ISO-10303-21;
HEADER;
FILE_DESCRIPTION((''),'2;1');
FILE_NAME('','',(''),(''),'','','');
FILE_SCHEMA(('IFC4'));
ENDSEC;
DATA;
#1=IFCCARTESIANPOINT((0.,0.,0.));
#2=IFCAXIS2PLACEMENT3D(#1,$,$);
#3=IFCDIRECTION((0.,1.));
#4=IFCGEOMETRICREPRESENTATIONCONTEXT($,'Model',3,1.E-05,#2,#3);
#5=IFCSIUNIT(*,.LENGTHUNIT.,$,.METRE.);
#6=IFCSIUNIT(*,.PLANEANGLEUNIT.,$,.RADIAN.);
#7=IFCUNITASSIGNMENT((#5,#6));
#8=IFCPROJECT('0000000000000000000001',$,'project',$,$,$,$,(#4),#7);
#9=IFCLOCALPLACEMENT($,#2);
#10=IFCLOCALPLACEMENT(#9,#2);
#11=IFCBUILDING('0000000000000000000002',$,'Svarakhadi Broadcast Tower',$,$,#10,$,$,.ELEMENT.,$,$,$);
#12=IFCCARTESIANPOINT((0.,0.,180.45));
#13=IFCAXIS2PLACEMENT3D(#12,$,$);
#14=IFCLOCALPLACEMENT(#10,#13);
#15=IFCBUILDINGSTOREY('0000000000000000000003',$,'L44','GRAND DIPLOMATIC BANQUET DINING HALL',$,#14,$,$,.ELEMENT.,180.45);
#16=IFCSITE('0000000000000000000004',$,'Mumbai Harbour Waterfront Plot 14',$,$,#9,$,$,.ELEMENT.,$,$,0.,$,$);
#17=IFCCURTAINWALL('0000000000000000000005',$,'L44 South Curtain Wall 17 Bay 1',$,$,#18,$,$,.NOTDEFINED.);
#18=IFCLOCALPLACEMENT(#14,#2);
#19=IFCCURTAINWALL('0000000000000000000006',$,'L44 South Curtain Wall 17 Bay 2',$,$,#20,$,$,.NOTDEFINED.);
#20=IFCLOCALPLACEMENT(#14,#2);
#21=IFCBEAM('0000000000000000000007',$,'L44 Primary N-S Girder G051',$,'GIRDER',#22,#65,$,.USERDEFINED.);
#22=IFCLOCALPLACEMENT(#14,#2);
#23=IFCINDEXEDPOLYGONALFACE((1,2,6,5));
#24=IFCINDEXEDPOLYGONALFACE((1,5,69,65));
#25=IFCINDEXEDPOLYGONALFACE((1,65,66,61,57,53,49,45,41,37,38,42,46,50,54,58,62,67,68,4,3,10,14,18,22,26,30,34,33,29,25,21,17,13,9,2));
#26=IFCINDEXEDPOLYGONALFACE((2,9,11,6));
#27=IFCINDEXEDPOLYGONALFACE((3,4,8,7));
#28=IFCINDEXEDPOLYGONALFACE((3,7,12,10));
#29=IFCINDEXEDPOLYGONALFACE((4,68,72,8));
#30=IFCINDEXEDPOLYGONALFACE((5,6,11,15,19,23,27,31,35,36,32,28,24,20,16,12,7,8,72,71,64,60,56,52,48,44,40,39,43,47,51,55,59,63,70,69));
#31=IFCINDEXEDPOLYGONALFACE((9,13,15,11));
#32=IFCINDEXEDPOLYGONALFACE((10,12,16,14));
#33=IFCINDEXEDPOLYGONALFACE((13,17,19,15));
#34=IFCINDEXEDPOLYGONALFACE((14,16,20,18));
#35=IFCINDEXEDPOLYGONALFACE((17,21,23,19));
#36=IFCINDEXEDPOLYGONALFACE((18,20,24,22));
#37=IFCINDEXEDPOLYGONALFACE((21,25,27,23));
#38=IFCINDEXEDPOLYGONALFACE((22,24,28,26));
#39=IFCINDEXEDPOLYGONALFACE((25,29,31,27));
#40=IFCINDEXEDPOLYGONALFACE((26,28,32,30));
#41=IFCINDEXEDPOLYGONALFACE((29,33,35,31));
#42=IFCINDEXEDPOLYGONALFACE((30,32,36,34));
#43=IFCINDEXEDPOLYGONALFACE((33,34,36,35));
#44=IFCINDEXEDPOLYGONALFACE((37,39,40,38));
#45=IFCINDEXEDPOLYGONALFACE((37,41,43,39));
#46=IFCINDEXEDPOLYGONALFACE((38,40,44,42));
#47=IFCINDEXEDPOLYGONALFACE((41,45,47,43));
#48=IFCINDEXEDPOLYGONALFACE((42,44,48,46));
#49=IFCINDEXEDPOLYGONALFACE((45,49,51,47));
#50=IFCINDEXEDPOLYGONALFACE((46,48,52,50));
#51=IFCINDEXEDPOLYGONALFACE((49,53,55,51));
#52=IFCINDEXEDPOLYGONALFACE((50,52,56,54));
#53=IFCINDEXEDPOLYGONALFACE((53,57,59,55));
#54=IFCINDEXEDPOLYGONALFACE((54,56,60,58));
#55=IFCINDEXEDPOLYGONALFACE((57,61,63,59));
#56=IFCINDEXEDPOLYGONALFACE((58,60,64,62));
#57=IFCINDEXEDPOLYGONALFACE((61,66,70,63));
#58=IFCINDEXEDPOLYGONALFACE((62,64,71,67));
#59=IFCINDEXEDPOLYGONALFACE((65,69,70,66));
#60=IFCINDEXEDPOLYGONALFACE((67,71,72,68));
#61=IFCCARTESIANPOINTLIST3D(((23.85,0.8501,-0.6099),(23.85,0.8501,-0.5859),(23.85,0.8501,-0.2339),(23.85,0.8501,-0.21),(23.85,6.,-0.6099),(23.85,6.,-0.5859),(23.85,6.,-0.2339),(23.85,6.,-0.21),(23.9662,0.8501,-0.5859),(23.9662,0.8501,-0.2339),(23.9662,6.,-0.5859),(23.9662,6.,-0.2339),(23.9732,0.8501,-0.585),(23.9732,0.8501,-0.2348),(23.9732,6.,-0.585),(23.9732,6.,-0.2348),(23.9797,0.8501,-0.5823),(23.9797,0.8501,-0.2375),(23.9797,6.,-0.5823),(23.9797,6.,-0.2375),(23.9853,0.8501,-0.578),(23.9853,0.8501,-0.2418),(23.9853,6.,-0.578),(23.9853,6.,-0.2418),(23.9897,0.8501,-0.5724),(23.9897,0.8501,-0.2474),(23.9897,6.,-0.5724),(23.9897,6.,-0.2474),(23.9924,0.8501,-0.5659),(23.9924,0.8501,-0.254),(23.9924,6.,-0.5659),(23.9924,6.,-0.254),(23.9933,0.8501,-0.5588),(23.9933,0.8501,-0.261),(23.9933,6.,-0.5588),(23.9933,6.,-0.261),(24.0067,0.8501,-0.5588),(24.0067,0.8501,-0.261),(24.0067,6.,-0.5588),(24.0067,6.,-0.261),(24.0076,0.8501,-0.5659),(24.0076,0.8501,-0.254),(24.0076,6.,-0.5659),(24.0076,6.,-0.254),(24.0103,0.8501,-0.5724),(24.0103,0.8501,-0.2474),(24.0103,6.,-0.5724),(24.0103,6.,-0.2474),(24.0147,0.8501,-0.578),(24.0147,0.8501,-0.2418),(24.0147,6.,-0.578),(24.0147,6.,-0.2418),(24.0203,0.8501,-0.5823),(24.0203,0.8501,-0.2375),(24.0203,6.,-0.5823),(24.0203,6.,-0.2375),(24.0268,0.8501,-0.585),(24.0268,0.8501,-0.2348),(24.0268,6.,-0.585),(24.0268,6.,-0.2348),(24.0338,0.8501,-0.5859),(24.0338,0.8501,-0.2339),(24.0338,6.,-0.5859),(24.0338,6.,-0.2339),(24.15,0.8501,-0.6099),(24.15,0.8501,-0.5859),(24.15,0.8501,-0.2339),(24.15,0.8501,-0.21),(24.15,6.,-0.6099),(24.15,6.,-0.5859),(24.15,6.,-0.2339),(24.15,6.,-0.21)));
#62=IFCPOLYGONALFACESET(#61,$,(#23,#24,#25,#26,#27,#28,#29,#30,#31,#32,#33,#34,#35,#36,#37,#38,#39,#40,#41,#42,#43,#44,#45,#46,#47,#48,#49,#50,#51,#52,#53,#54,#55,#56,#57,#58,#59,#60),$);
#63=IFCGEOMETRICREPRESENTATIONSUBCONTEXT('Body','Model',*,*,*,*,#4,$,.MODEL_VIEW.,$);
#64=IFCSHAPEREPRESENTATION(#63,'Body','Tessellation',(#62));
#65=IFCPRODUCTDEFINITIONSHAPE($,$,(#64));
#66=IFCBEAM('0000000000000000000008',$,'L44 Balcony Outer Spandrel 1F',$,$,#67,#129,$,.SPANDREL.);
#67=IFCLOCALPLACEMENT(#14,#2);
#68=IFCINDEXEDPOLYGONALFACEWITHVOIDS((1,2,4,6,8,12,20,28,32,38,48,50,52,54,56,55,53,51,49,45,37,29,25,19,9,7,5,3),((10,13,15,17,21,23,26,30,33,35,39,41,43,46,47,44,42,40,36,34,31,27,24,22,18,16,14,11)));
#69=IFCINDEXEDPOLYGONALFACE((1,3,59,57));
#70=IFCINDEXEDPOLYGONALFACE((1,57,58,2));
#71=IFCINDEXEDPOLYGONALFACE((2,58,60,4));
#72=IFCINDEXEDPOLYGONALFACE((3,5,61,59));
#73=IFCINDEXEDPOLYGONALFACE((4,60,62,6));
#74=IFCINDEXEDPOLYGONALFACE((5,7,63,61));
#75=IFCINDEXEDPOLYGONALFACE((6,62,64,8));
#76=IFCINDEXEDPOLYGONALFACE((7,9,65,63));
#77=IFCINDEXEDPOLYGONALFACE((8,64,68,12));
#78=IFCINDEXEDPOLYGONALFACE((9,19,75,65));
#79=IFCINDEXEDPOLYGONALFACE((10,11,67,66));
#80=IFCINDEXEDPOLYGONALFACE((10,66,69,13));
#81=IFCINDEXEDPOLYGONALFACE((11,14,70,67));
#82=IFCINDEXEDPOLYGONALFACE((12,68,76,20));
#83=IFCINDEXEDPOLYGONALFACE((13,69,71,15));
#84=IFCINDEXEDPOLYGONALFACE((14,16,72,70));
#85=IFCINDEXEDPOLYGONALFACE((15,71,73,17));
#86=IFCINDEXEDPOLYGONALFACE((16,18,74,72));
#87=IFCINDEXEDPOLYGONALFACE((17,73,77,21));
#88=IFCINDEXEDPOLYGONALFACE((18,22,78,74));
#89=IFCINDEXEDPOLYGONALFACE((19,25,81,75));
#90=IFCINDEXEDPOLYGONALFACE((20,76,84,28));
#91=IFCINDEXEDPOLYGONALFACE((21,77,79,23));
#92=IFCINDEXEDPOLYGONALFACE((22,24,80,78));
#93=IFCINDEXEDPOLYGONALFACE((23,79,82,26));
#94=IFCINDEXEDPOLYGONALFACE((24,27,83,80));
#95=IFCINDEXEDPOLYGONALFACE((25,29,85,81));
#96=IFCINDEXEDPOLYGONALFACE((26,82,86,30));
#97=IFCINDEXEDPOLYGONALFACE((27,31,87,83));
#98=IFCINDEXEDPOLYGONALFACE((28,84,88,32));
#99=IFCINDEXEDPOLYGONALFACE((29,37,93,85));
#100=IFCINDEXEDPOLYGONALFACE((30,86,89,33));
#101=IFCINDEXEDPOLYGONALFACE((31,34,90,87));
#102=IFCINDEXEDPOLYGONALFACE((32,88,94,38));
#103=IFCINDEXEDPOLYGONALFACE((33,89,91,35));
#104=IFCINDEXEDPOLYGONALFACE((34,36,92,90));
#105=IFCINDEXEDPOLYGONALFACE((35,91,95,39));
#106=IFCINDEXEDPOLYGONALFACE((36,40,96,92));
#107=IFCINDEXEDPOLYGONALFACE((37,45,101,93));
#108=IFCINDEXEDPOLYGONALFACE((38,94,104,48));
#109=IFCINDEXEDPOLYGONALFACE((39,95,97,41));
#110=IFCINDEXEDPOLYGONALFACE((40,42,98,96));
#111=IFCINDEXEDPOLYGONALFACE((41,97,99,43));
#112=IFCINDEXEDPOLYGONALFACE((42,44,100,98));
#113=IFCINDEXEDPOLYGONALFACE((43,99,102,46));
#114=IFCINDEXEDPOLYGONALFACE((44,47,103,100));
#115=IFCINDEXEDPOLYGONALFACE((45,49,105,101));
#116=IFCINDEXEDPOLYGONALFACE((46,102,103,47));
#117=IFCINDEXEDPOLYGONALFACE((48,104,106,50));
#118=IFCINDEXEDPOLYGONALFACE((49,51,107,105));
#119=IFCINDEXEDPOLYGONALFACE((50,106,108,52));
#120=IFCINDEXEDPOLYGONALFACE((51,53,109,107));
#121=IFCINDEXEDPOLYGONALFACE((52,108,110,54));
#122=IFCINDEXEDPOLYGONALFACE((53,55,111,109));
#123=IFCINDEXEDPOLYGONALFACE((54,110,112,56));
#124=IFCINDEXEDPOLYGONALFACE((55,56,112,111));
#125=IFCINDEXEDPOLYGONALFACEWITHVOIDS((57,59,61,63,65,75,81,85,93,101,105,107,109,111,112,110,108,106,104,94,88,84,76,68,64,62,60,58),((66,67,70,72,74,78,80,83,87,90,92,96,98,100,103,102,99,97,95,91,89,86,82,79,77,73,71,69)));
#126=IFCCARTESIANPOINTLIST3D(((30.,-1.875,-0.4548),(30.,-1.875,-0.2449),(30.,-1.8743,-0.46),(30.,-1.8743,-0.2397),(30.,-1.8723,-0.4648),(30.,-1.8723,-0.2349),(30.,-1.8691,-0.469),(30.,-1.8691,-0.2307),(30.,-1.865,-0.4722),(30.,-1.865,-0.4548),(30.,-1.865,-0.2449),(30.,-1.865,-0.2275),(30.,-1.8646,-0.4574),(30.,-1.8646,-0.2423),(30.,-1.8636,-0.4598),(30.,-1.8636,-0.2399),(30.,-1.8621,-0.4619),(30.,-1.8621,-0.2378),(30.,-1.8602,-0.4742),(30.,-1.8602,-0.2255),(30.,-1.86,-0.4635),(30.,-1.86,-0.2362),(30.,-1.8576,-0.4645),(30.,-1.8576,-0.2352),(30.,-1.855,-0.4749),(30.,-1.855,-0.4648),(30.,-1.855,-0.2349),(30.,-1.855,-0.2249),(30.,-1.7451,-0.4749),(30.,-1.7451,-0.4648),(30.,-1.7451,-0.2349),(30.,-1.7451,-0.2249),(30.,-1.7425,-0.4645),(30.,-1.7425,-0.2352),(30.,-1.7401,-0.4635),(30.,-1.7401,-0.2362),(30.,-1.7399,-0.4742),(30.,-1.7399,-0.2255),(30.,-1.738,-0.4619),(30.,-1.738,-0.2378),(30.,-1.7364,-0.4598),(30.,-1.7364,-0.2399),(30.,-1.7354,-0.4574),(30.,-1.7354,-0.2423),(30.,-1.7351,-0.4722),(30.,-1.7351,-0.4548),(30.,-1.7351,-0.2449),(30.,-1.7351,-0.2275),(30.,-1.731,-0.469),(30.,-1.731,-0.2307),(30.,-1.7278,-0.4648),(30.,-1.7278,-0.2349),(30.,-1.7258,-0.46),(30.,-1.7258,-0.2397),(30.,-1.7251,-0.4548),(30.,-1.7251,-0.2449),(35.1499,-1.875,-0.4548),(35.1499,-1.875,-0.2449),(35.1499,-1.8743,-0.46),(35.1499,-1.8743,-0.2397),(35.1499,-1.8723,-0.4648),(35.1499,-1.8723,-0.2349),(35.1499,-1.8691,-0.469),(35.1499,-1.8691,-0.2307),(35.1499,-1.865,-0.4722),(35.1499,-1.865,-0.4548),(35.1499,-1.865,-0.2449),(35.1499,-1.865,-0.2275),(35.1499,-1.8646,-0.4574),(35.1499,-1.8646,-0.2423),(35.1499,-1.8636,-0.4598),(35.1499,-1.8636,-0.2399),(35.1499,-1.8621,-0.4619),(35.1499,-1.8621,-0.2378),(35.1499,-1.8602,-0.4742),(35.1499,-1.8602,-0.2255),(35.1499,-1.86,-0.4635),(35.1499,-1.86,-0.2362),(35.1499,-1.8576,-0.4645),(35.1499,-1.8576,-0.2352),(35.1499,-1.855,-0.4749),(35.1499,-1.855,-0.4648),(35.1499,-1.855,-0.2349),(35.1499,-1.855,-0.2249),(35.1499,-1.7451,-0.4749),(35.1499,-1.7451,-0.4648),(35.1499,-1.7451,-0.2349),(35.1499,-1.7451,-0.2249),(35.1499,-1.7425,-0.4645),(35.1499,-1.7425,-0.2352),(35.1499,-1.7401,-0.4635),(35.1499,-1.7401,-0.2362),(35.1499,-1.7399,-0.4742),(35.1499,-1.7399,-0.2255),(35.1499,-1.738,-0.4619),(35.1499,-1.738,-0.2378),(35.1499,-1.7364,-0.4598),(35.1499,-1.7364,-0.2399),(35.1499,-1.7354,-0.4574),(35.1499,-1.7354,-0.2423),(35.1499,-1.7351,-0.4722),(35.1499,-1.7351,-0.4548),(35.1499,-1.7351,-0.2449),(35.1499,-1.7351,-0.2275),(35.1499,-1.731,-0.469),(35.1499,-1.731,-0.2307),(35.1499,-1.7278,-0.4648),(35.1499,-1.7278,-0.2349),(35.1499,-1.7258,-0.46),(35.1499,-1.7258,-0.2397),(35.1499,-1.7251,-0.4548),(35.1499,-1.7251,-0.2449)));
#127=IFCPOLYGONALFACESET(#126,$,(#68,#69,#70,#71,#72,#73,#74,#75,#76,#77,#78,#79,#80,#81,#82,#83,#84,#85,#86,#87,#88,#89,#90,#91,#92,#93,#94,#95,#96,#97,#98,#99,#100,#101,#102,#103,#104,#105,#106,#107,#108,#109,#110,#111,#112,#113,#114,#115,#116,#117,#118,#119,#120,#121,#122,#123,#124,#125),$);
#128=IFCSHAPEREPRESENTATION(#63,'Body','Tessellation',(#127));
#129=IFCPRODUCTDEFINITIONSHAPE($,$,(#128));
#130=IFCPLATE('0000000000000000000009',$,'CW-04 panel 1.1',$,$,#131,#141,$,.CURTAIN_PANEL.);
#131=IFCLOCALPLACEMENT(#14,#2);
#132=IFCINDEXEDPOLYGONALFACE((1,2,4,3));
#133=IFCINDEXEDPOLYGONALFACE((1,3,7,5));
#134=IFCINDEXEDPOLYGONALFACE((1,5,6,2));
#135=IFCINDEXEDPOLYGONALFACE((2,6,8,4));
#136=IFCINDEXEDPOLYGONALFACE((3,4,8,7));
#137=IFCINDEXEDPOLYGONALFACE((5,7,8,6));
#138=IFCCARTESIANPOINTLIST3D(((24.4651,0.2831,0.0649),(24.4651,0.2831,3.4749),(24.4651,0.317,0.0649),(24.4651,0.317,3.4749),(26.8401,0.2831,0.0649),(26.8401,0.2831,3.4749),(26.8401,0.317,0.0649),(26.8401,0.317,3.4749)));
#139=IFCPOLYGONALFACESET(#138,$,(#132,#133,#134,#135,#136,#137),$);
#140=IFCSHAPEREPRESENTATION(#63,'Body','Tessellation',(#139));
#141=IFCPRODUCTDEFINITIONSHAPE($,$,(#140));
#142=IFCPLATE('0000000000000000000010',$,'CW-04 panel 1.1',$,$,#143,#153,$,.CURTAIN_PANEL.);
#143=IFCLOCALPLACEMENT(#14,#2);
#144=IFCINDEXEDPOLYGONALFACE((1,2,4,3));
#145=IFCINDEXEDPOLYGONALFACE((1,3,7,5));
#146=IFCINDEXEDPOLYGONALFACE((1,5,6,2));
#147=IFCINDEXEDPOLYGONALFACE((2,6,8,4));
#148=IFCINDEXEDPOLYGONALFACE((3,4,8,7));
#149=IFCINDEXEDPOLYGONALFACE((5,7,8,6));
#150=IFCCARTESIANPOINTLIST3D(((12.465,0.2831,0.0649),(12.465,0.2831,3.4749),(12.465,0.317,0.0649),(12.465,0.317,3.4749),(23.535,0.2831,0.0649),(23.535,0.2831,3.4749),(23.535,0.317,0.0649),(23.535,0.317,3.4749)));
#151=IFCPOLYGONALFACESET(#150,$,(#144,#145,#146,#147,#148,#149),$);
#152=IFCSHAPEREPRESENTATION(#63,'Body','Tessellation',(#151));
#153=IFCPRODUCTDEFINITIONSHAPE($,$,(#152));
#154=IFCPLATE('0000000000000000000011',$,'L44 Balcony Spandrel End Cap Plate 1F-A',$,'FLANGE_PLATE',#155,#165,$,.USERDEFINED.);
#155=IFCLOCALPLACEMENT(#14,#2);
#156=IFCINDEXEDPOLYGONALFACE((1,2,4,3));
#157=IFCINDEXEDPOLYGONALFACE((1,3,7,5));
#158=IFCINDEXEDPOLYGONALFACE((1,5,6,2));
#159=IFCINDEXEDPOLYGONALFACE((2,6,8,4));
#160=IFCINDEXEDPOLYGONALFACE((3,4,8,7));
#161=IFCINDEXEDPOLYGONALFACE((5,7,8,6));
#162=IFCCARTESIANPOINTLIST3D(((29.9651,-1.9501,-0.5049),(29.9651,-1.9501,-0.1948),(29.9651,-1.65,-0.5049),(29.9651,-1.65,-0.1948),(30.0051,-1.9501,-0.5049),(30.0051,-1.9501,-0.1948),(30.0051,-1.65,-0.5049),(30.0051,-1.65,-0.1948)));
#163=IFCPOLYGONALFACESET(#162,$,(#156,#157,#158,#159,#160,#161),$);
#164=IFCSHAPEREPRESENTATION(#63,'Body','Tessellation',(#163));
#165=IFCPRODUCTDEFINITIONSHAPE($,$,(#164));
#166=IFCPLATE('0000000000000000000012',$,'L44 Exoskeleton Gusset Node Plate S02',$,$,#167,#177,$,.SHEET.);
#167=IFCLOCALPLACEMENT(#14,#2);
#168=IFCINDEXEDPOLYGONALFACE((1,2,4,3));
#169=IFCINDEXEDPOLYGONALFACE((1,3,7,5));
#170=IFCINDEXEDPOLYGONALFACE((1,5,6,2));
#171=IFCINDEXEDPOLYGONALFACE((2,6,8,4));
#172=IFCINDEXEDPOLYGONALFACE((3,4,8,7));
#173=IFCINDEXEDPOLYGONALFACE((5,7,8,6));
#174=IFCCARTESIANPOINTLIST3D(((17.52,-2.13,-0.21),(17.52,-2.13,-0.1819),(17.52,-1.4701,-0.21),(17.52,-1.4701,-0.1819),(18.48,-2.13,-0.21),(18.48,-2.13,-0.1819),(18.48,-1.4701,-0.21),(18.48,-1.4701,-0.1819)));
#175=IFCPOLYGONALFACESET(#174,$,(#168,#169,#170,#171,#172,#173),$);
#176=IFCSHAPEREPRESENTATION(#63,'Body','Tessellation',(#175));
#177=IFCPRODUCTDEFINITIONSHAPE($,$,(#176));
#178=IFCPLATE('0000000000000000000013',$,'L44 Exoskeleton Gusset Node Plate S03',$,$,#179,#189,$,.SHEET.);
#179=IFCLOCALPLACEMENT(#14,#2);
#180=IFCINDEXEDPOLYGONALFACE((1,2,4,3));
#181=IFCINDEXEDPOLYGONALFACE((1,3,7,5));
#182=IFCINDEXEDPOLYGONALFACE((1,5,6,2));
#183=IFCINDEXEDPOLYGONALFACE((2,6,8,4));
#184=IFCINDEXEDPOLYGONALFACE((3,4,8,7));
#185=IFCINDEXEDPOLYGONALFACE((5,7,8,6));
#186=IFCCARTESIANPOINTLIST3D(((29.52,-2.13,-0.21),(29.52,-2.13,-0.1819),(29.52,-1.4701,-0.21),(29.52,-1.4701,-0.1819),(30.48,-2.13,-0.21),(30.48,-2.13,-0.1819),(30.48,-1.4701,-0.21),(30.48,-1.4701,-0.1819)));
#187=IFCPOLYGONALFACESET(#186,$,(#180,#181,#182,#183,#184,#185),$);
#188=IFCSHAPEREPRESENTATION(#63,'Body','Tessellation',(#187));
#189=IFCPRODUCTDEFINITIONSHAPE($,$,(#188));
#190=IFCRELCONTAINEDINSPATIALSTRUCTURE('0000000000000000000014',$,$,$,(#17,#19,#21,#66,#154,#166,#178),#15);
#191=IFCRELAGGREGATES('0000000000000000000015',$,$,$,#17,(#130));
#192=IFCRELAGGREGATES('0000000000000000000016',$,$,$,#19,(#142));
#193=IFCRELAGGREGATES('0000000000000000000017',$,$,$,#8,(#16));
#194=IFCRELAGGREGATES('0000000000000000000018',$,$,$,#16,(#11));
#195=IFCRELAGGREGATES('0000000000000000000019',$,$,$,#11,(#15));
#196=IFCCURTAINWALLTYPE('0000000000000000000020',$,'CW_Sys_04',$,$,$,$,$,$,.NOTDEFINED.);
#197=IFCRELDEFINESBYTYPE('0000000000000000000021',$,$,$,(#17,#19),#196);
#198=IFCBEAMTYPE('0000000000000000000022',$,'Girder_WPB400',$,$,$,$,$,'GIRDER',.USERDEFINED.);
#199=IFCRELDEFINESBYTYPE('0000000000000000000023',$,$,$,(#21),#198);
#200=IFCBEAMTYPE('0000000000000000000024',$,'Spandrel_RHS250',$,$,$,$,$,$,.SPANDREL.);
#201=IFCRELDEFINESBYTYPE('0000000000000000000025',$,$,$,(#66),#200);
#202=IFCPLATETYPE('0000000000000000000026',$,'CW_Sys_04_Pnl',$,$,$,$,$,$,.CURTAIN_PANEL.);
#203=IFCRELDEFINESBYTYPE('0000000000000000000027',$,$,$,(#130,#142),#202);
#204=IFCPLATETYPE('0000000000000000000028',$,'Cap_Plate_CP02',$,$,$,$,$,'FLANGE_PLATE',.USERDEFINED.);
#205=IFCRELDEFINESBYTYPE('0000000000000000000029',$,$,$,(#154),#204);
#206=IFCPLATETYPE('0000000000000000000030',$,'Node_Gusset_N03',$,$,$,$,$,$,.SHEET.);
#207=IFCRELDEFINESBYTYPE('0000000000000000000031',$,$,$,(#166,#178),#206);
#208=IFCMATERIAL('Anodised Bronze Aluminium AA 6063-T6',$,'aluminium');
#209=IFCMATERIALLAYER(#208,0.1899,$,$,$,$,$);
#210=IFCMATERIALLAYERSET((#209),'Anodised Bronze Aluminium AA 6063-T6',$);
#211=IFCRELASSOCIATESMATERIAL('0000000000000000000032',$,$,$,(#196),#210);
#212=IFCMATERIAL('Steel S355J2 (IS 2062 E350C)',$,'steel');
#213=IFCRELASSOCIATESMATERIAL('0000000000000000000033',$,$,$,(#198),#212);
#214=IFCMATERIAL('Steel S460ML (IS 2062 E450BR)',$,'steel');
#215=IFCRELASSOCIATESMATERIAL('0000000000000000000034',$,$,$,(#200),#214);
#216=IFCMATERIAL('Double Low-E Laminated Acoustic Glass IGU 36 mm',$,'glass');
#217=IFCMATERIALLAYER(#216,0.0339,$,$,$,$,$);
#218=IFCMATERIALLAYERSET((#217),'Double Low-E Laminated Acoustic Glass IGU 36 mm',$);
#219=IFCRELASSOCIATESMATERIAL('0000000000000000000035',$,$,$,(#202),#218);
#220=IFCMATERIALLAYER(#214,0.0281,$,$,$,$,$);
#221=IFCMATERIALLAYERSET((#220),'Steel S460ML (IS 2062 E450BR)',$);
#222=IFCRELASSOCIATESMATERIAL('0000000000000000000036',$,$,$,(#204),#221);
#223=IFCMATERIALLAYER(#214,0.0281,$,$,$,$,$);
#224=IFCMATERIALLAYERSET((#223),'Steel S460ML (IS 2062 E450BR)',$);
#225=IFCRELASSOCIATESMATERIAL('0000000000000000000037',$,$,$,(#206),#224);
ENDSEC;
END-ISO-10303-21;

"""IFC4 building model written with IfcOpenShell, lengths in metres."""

from ifc_helpers import new_model, si_unit, direction, frame, origin, origin_2d, place, context, subcontext, project, spatial, rectangle, hollow_rectangle, i_section, extrude, material, layer, layer_set, material_profile, profile_set, type_object, element, aggregate, save


model = new_model("IFC4")

# Units and contexts
model_context = context("Model", 3, precision=1e-05, world=origin(), true_north=direction((0.0, 1.0)))
body_context = subcontext(model_context, "Body", "Model", "MODEL_VIEW")
ifc_project = project(units=[si_unit("LENGTHUNIT", "METRE"), si_unit("PLANEANGLEUNIT", "RADIAN")], contexts=[model_context])

# Site, building, storey
site_placement = place(None, origin())
site = spatial("IfcSite", under=ifc_project, at=site_placement, Name="Mumbai Harbour Waterfront Plot 14", CompositionType="ELEMENT", RefElevation=0.0)
building_placement = place(site_placement, origin())
building = spatial("IfcBuilding", under=site, at=building_placement, Name="Svarakhadi Broadcast Tower", CompositionType="ELEMENT")
storey_placement = place(building_placement, frame((0.0, 0.0, 180.45)))
storey = spatial("IfcBuildingStorey", under=building, at=storey_placement, Name="L44", Description="GRAND DIPLOMATIC BANQUET DINING HALL", CompositionType="ELEMENT", Elevation=180.45)

# Curtain wall
ifc_material_1 = material(Name="Anodised Bronze Aluminium AA 6063-T6", Category="aluminium")
ifc_layer_1 = layer(ifc_material_1, 0.1899)
ifc_layer_set_1 = layer_set([ifc_layer_1], Name="Anodised Bronze Aluminium AA 6063-T6")
curtain_wall_type = type_object("IfcCurtainWallType", Name="CW_Sys_04", PredefinedType="NOTDEFINED", material=ifc_layer_set_1)
curtain_wall_1_placement = place(storey_placement, origin())
curtain_wall_1 = element("IfcCurtainWall", 1, at=curtain_wall_1_placement, inside=storey, type_object=curtain_wall_type, Name="L44 South Curtain Wall 17 Bay 1", PredefinedType="NOTDEFINED")

# Curtain wall
curtain_wall_2_placement = place(storey_placement, origin())
curtain_wall_2 = element("IfcCurtainWall", 2, at=curtain_wall_2_placement, inside=storey, type_object=curtain_wall_type, Name="L44 South Curtain Wall 17 Bay 2", PredefinedType="NOTDEFINED")

# Shared definitions
ifc_material_2 = material(Name="Steel S460ML (IS 2062 E450BR)", Category="steel")

# Beams
ifc_material_3 = material(Name="Steel S355J2 (IS 2062 E350C)", Category="steel")
ifc_material_profile_1 = material_profile(ifc_material_3, i_section(OverallWidth=0.3, OverallDepth=0.3999, WebThickness=0.0134, FlangeThickness=0.0239, FilletRadius=0.0271, at=origin_2d()), Name="WPB 400x300x155")
ifc_profile_set_1 = profile_set([ifc_material_profile_1], Name="Steel S355J2 (IS 2062 E350C)")
beam_type_1 = type_object("IfcBeamType", Name="Girder_WPB400", ElementType="GIRDER", PredefinedType="USERDEFINED", material=ifc_profile_set_1)
for number, where, z_axis, x_axis, name in (
    (3, (24.0, 0.8501, -0.4099), (0.0, 1.0, 0.0), (-1.0, 0.0, 0.0), "L44 Primary N-S Girder G051"),
):
    element("IfcBeam", number, at=place(storey_placement, frame(where, z_axis=z_axis, x_axis=x_axis)), inside=storey, type_object=beam_type_1, Name=name, ObjectType="GIRDER", PredefinedType="USERDEFINED", context=body_context, shape_type="SweptSolid", body=[
        extrude(i_section(OverallWidth=0.3, OverallDepth=0.3999, WebThickness=0.0134, FlangeThickness=0.0239, FilletRadius=0.0271, at=origin_2d()), origin(), (0.0, 0.0, 1.0), 5.1499),
    ])
ifc_material_profile_2 = material_profile(ifc_material_2, hollow_rectangle(XDim=0.1499, YDim=0.25, WallThickness=0.01, InnerFilletRadius=0.01, OuterFilletRadius=0.02, at=origin_2d()), Name="RHS 250x150x10")
ifc_profile_set_2 = profile_set([ifc_material_profile_2], Name="Steel S460ML (IS 2062 E450BR)")
beam_type_2 = type_object("IfcBeamType", Name="Spandrel_RHS250", PredefinedType="SPANDREL", material=ifc_profile_set_2)
beam_placement = place(storey_placement, frame((30.0, -1.8, -0.3499), z_axis=(1.0, 0.0, 0.0), x_axis=(0.0, 1.0, 0.0)))
element("IfcBeam", 4, at=beam_placement, inside=storey, type_object=beam_type_2, Name="L44 Balcony Outer Spandrel 1F", PredefinedType="SPANDREL", context=body_context, shape_type="SweptSolid", body=[
    extrude(hollow_rectangle(XDim=0.1499, YDim=0.25, WallThickness=0.01, InnerFilletRadius=0.01, OuterFilletRadius=0.02, at=origin_2d()), origin(), (0.0, 0.0, 1.0), 5.1499),
])

# Plates
ifc_material_4 = material(Name="Double Low-E Laminated Acoustic Glass IGU 36 mm", Category="glass")
ifc_layer_2 = layer(ifc_material_4, 0.0339)
ifc_layer_set_2 = layer_set([ifc_layer_2], Name="Double Low-E Laminated Acoustic Glass IGU 36 mm")
plate_type_1 = type_object("IfcPlateType", Name="CW_Sys_04_Pnl", PredefinedType="CURTAIN_PANEL", material=ifc_layer_set_2)
plate_1_placement = place(storey_placement, frame((25.6526, 0.3, 0.0649), z_axis=(0.0, 0.0, 1.0), x_axis=(-1.0, 0.0, 0.0)))
plate_1 = element("IfcPlate", 5, at=plate_1_placement, type_object=plate_type_1, Name="CW-04 panel 1.1", PredefinedType="CURTAIN_PANEL", context=body_context, shape_type="SweptSolid", body=[
    extrude(rectangle(XDim=2.375, YDim=0.0339, at=origin_2d()), origin(), (0.0, 0.0, 1.0), 3.4099),
])
aggregate(curtain_wall_1, [plate_1])
plate_2_placement = place(storey_placement, frame((18.0, 0.3, 0.0649), z_axis=(0.0, 0.0, 1.0), x_axis=(-1.0, 0.0, 0.0)))
plate_2 = element("IfcPlate", 6, at=plate_2_placement, type_object=plate_type_1, Name="CW-04 panel 1.1", PredefinedType="CURTAIN_PANEL", context=body_context, shape_type="SweptSolid", body=[
    extrude(rectangle(XDim=11.0701, YDim=0.0339, at=origin_2d()), origin(), (0.0, 0.0, 1.0), 3.4099),
])
aggregate(curtain_wall_2, [plate_2])

# Plates
ifc_layer_3 = layer(ifc_material_2, 0.0281)
ifc_layer_set_3 = layer_set([ifc_layer_3], Name="Steel S460ML (IS 2062 E450BR)")
plate_type_2 = type_object("IfcPlateType", Name="Cap_Plate_CP02", ElementType="FLANGE_PLATE", PredefinedType="USERDEFINED", material=ifc_layer_set_3)
plate_3_placement = place(storey_placement, frame((29.9851, -1.8, -0.5049), z_axis=(0.0, 0.0, 1.0), x_axis=(1.0, 0.0, 0.0)))
element("IfcPlate", 7, at=plate_3_placement, inside=storey, type_object=plate_type_2, Name="L44 Balcony Spandrel End Cap Plate 1F-A", ObjectType="FLANGE_PLATE", PredefinedType="USERDEFINED", context=body_context, shape_type="SweptSolid", body=[
    extrude(rectangle(XDim=0.04, YDim=0.3, at=origin_2d()), origin(), (0.0, 0.0, 1.0), 0.3101),
])
ifc_layer_4 = layer(ifc_material_2, 0.0281)
ifc_layer_set_4 = layer_set([ifc_layer_4], Name="Steel S460ML (IS 2062 E450BR)")
plate_type_3 = type_object("IfcPlateType", Name="Node_Gusset_N03", PredefinedType="SHEET", material=ifc_layer_set_4)
for number, where, z_axis, x_axis, name in (
    (8, (18.0, -1.8, -0.21), (0.0, 0.0, 1.0), (1.0, 0.0, 0.0), "L44 Exoskeleton Gusset Node Plate S02"),
    (9, (30.0, -1.8, -0.21), (0.0, 0.0, 1.0), (1.0, 0.0, 0.0), "L44 Exoskeleton Gusset Node Plate S03"),
):
    element("IfcPlate", number, at=place(storey_placement, frame(where, z_axis=z_axis, x_axis=x_axis)), inside=storey, type_object=plate_type_3, Name=name, PredefinedType="SHEET", context=body_context, shape_type="SweptSolid", body=[
        extrude(rectangle(XDim=0.96, YDim=0.6599, at=origin_2d()), origin(), (0.0, 0.0, 1.0), 0.0281),
    ])

save(model, "model.ifc")
